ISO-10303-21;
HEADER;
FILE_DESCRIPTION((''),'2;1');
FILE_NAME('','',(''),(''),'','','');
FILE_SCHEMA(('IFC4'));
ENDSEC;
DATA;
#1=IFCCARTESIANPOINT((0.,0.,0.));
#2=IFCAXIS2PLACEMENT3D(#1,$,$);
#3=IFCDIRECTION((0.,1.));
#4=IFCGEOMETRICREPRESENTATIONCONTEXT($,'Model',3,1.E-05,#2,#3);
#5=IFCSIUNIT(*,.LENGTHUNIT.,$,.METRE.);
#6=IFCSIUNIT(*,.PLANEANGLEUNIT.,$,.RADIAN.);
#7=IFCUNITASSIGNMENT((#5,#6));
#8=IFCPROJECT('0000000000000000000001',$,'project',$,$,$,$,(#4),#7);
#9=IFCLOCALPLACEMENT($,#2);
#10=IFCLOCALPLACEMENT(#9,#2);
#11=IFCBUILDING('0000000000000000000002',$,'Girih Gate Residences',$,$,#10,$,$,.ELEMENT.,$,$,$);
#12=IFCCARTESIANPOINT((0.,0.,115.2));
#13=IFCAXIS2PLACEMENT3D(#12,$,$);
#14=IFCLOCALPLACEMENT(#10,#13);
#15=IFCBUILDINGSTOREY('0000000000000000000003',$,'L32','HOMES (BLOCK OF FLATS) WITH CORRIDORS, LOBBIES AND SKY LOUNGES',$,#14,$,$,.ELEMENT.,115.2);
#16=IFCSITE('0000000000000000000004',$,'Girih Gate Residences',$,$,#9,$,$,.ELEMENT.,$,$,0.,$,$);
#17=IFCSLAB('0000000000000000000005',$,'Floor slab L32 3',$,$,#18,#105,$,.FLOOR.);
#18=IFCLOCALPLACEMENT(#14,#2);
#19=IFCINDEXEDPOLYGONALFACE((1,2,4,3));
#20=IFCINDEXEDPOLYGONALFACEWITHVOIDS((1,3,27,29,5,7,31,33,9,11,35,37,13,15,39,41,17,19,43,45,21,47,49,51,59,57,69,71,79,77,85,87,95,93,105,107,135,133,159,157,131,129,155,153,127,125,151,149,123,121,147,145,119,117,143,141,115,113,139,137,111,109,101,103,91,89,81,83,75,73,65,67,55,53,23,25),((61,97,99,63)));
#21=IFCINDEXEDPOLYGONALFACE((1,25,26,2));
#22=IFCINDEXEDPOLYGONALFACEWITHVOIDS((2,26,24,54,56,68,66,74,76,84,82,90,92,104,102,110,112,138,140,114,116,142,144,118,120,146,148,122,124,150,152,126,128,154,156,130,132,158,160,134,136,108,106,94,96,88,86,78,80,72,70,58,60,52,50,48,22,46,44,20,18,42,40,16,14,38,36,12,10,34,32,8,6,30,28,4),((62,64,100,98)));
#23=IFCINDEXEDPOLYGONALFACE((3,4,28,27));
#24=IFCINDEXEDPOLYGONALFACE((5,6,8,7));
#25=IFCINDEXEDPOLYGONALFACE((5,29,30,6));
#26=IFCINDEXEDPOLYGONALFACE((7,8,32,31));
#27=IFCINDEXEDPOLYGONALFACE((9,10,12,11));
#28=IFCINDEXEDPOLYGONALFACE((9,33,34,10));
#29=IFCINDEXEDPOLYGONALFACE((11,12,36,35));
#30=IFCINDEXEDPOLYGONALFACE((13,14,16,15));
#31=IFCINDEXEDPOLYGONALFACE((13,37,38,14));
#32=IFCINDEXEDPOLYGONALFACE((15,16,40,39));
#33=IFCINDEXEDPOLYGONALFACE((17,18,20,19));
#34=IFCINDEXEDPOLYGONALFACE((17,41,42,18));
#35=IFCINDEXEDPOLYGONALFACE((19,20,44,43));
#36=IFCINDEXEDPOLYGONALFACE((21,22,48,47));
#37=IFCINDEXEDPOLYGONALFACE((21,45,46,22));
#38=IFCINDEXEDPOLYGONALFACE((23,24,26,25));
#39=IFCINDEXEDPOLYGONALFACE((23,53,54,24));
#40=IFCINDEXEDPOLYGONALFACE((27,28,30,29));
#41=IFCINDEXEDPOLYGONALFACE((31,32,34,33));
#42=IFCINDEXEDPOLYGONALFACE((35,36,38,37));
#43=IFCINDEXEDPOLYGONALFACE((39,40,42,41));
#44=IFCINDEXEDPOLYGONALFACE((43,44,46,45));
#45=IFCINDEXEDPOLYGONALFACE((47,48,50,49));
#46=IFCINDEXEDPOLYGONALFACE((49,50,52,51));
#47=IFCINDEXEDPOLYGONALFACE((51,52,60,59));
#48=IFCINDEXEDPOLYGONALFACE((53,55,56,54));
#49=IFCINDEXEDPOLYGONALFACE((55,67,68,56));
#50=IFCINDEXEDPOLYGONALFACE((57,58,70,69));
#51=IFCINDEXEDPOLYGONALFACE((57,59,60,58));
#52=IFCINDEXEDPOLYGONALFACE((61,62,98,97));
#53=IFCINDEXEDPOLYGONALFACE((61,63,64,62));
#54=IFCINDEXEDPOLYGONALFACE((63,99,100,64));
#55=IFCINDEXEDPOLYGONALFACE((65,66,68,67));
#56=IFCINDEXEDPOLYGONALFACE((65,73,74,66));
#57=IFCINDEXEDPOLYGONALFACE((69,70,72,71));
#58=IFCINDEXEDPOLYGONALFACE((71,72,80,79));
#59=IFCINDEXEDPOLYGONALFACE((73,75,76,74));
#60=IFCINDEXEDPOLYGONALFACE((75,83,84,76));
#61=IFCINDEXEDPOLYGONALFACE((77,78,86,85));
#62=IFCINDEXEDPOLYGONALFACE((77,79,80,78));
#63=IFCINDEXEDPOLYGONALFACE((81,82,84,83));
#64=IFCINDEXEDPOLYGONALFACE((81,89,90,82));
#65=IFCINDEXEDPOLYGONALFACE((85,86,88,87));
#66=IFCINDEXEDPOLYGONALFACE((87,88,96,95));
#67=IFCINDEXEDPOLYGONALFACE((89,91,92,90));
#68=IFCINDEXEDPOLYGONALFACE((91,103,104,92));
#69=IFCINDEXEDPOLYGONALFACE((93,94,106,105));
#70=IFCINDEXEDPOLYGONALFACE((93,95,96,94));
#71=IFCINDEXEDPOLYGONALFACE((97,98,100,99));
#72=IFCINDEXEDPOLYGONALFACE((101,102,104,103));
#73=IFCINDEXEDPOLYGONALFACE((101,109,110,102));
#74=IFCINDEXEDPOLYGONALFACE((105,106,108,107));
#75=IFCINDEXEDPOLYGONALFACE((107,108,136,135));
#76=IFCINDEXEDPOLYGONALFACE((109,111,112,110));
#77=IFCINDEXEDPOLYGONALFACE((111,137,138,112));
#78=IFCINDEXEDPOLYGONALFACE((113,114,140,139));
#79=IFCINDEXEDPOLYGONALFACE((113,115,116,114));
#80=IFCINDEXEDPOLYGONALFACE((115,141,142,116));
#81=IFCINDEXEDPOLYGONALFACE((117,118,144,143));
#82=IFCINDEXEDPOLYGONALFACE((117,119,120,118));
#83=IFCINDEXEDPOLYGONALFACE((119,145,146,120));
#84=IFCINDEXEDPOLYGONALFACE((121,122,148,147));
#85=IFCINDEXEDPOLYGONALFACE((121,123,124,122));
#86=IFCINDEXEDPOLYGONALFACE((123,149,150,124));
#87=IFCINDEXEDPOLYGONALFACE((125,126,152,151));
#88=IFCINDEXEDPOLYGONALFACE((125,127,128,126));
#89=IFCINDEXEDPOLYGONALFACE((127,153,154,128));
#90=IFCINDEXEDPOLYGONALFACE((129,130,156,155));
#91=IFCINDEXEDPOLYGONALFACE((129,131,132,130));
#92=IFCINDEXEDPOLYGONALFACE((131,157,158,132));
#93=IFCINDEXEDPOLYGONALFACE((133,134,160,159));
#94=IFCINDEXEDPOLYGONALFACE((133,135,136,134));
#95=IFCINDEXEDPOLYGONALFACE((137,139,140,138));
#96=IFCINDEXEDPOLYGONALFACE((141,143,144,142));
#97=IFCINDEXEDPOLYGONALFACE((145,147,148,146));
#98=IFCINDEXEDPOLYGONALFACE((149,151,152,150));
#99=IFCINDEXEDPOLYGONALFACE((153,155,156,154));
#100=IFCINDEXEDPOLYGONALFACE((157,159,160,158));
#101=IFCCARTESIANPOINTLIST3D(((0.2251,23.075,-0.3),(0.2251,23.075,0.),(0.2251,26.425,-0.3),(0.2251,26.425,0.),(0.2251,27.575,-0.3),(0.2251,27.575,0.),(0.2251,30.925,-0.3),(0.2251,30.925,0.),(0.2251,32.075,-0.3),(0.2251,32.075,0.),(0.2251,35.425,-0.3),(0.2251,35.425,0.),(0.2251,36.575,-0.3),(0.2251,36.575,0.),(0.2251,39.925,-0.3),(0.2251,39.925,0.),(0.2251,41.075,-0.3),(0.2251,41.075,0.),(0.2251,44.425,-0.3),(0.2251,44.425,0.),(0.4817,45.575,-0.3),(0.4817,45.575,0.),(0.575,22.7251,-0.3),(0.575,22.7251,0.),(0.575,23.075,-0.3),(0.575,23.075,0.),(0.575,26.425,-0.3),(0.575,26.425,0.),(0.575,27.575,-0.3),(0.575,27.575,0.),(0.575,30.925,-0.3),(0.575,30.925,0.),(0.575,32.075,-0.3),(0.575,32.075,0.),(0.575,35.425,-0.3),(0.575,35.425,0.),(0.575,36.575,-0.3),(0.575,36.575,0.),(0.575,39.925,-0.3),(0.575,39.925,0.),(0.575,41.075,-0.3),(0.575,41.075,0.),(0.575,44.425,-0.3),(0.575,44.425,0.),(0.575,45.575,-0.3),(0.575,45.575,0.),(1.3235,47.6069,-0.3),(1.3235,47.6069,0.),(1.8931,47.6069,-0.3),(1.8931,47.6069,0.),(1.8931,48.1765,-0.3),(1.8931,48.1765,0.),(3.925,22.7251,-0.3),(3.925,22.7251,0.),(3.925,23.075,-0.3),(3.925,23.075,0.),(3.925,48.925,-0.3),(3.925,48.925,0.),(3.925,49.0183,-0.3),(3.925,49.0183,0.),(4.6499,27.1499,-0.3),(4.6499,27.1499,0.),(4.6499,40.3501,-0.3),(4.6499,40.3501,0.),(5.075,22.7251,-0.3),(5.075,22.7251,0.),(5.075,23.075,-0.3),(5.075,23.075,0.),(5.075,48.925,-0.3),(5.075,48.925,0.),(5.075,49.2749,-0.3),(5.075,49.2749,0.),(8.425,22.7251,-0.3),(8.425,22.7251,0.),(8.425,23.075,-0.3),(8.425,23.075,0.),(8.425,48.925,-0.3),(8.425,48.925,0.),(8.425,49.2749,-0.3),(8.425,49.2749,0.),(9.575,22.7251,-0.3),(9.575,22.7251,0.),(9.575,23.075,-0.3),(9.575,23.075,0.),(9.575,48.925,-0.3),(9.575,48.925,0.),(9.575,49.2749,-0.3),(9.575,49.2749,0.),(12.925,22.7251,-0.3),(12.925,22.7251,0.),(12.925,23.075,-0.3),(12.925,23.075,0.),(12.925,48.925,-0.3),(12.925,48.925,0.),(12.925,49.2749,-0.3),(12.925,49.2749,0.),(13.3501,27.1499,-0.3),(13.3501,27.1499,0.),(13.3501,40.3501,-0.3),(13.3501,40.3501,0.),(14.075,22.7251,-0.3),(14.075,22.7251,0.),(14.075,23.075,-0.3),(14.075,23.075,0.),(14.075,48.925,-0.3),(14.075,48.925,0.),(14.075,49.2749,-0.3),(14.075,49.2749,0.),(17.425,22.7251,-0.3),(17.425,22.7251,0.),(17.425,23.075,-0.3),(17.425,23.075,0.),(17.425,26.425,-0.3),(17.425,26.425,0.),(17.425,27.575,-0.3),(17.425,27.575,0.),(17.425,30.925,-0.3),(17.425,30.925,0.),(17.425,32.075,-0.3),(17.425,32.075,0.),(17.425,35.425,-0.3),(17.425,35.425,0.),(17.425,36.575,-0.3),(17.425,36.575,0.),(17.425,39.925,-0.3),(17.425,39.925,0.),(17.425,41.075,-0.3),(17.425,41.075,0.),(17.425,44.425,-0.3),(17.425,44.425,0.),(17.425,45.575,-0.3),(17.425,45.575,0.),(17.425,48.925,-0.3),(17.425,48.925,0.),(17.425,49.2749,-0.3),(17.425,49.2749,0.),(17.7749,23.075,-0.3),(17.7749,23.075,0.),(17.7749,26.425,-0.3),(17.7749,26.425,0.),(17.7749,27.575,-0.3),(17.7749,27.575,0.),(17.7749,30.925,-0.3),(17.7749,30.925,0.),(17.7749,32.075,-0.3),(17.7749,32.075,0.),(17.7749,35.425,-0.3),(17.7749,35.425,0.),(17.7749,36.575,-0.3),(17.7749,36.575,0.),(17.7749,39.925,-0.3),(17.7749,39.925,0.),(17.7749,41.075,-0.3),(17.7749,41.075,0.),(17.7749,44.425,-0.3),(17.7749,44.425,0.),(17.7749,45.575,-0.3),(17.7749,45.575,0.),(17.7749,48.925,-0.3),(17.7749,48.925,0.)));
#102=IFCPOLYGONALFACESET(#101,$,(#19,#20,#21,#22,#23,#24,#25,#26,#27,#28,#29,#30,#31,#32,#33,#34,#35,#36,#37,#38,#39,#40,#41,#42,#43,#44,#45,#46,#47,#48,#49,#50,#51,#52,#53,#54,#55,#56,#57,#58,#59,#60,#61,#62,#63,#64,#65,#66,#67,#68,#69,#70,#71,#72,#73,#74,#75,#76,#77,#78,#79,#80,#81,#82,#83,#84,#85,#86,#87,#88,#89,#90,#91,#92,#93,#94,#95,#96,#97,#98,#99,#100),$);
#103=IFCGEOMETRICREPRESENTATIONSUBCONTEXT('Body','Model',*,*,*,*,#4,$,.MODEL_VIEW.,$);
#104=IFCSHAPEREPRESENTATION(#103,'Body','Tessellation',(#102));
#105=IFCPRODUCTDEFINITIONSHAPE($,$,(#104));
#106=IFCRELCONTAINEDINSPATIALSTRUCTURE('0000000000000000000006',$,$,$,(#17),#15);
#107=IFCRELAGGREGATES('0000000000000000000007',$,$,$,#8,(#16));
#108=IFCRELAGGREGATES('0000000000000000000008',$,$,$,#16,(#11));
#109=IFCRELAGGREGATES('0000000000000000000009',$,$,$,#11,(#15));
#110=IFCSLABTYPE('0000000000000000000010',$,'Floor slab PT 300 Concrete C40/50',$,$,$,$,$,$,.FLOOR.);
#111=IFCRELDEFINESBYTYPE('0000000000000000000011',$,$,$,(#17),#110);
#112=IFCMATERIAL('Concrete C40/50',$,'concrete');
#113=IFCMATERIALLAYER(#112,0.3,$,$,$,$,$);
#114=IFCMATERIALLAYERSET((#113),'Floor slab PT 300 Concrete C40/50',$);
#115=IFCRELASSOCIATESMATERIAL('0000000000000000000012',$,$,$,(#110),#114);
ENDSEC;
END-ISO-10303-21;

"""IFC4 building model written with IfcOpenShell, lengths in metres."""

from ifc_helpers import new_model, si_unit, direction, frame, origin, place, context, subcontext, project, spatial, polyline, outline, extrude, material, layer, layer_set, type_object, element, save


model = new_model("IFC4")

# Units and contexts
model_context = context("Model", 3, precision=1e-05, world=origin(), true_north=direction((0.0, 1.0)))
body_context = subcontext(model_context, "Body", "Model", "MODEL_VIEW")
ifc_project = project(units=[si_unit("LENGTHUNIT", "METRE"), si_unit("PLANEANGLEUNIT", "RADIAN")], contexts=[model_context])

# Site, building, storey
site_placement = place(None, origin())
site = spatial("IfcSite", under=ifc_project, at=site_placement, Name="Girih Gate Residences", CompositionType="ELEMENT", RefElevation=0.0)
building_placement = place(site_placement, origin())
building = spatial("IfcBuilding", under=site, at=building_placement, Name="Girih Gate Residences", CompositionType="ELEMENT")
storey_placement = place(building_placement, frame((0.0, 0.0, 115.2)))
storey = spatial("IfcBuildingStorey", under=building, at=storey_placement, Name="L32", Description="HOMES (BLOCK OF FLATS) WITH CORRIDORS, LOBBIES AND SKY LOUNGES", CompositionType="ELEMENT", Elevation=115.2)

# Slab
ifc_material_1 = material(Name="Concrete C40/50", Category="concrete")
ifc_layer_1 = layer(ifc_material_1, 0.3)
ifc_layer_set_1 = layer_set([ifc_layer_1], Name="Floor slab PT 300 Concrete C40/50")
slab_type_1 = type_object("IfcSlabType", Name="Floor slab PT 300 Concrete C40/50", PredefinedType="FLOOR", material=ifc_layer_set_1)
slab_1_placement = place(storey_placement, frame((0.0, 0.0, -0.3)))
element("IfcSlab", 1, at=slab_1_placement, inside=storey, type_object=slab_type_1, Name="Floor slab L32 3", PredefinedType="FLOOR", context=body_context, shape_type="SweptSolid", body=[
    extrude(outline(polyline([(0.2251, 26.425), (0.2251, 23.075), (0.575, 23.075), (0.575, 22.7251), (3.925, 22.7251), (3.925, 23.075), (5.075, 23.075), (5.075, 22.7251), (8.425, 22.7251), (8.425, 23.075), (9.575, 23.075), (9.575, 22.7251), (12.925, 22.7251), (12.925, 23.075), (14.075, 23.075), (14.075, 22.7251), (17.425, 22.7251), (17.425, 23.075), (17.7749, 23.075), (17.7749, 26.425), (17.425, 26.425), (17.425, 27.575), (17.7749, 27.575), (17.7749, 30.925), (17.425, 30.925), (17.425, 32.075), (17.7749, 32.075), (17.7749, 35.425), (17.425, 35.425), (17.425, 36.575), (17.7749, 36.575), (17.7749, 39.925), (17.425, 39.925), (17.425, 41.075), (17.7749, 41.075), (17.7749, 44.425), (17.425, 44.425), (17.425, 45.575), (17.7749, 45.575), (17.7749, 48.925), (17.425, 48.925), (17.425, 49.2749), (14.075, 49.2749), (14.075, 48.925), (12.925, 48.925), (12.925, 49.2749), (9.575, 49.2749), (9.575, 48.925), (8.425, 48.925), (8.425, 49.2749), (5.075, 49.2749), (5.075, 48.925), (3.925, 48.925), (3.925, 49.0183), (1.8931, 48.1765), (1.8931, 47.6069), (1.3235, 47.6069), (0.4817, 45.575), (0.575, 45.575), (0.575, 44.425), (0.2251, 44.425), (0.2251, 41.075), (0.575, 41.075), (0.575, 39.925), (0.2251, 39.925), (0.2251, 36.575), (0.575, 36.575), (0.575, 35.425), (0.2251, 35.425), (0.2251, 32.075), (0.575, 32.075), (0.575, 30.925), (0.2251, 30.925), (0.2251, 27.575), (0.575, 27.575), (0.575, 26.425), (0.2251, 26.425)]), holes=[polyline([(13.3501, 40.3501), (13.3501, 27.1499), (4.6499, 27.1499), (4.6499, 40.3501), (13.3501, 40.3501)])]), origin(), (0.0, 0.0, 1.0), 0.3),
])

save(model, "model.ifc")
